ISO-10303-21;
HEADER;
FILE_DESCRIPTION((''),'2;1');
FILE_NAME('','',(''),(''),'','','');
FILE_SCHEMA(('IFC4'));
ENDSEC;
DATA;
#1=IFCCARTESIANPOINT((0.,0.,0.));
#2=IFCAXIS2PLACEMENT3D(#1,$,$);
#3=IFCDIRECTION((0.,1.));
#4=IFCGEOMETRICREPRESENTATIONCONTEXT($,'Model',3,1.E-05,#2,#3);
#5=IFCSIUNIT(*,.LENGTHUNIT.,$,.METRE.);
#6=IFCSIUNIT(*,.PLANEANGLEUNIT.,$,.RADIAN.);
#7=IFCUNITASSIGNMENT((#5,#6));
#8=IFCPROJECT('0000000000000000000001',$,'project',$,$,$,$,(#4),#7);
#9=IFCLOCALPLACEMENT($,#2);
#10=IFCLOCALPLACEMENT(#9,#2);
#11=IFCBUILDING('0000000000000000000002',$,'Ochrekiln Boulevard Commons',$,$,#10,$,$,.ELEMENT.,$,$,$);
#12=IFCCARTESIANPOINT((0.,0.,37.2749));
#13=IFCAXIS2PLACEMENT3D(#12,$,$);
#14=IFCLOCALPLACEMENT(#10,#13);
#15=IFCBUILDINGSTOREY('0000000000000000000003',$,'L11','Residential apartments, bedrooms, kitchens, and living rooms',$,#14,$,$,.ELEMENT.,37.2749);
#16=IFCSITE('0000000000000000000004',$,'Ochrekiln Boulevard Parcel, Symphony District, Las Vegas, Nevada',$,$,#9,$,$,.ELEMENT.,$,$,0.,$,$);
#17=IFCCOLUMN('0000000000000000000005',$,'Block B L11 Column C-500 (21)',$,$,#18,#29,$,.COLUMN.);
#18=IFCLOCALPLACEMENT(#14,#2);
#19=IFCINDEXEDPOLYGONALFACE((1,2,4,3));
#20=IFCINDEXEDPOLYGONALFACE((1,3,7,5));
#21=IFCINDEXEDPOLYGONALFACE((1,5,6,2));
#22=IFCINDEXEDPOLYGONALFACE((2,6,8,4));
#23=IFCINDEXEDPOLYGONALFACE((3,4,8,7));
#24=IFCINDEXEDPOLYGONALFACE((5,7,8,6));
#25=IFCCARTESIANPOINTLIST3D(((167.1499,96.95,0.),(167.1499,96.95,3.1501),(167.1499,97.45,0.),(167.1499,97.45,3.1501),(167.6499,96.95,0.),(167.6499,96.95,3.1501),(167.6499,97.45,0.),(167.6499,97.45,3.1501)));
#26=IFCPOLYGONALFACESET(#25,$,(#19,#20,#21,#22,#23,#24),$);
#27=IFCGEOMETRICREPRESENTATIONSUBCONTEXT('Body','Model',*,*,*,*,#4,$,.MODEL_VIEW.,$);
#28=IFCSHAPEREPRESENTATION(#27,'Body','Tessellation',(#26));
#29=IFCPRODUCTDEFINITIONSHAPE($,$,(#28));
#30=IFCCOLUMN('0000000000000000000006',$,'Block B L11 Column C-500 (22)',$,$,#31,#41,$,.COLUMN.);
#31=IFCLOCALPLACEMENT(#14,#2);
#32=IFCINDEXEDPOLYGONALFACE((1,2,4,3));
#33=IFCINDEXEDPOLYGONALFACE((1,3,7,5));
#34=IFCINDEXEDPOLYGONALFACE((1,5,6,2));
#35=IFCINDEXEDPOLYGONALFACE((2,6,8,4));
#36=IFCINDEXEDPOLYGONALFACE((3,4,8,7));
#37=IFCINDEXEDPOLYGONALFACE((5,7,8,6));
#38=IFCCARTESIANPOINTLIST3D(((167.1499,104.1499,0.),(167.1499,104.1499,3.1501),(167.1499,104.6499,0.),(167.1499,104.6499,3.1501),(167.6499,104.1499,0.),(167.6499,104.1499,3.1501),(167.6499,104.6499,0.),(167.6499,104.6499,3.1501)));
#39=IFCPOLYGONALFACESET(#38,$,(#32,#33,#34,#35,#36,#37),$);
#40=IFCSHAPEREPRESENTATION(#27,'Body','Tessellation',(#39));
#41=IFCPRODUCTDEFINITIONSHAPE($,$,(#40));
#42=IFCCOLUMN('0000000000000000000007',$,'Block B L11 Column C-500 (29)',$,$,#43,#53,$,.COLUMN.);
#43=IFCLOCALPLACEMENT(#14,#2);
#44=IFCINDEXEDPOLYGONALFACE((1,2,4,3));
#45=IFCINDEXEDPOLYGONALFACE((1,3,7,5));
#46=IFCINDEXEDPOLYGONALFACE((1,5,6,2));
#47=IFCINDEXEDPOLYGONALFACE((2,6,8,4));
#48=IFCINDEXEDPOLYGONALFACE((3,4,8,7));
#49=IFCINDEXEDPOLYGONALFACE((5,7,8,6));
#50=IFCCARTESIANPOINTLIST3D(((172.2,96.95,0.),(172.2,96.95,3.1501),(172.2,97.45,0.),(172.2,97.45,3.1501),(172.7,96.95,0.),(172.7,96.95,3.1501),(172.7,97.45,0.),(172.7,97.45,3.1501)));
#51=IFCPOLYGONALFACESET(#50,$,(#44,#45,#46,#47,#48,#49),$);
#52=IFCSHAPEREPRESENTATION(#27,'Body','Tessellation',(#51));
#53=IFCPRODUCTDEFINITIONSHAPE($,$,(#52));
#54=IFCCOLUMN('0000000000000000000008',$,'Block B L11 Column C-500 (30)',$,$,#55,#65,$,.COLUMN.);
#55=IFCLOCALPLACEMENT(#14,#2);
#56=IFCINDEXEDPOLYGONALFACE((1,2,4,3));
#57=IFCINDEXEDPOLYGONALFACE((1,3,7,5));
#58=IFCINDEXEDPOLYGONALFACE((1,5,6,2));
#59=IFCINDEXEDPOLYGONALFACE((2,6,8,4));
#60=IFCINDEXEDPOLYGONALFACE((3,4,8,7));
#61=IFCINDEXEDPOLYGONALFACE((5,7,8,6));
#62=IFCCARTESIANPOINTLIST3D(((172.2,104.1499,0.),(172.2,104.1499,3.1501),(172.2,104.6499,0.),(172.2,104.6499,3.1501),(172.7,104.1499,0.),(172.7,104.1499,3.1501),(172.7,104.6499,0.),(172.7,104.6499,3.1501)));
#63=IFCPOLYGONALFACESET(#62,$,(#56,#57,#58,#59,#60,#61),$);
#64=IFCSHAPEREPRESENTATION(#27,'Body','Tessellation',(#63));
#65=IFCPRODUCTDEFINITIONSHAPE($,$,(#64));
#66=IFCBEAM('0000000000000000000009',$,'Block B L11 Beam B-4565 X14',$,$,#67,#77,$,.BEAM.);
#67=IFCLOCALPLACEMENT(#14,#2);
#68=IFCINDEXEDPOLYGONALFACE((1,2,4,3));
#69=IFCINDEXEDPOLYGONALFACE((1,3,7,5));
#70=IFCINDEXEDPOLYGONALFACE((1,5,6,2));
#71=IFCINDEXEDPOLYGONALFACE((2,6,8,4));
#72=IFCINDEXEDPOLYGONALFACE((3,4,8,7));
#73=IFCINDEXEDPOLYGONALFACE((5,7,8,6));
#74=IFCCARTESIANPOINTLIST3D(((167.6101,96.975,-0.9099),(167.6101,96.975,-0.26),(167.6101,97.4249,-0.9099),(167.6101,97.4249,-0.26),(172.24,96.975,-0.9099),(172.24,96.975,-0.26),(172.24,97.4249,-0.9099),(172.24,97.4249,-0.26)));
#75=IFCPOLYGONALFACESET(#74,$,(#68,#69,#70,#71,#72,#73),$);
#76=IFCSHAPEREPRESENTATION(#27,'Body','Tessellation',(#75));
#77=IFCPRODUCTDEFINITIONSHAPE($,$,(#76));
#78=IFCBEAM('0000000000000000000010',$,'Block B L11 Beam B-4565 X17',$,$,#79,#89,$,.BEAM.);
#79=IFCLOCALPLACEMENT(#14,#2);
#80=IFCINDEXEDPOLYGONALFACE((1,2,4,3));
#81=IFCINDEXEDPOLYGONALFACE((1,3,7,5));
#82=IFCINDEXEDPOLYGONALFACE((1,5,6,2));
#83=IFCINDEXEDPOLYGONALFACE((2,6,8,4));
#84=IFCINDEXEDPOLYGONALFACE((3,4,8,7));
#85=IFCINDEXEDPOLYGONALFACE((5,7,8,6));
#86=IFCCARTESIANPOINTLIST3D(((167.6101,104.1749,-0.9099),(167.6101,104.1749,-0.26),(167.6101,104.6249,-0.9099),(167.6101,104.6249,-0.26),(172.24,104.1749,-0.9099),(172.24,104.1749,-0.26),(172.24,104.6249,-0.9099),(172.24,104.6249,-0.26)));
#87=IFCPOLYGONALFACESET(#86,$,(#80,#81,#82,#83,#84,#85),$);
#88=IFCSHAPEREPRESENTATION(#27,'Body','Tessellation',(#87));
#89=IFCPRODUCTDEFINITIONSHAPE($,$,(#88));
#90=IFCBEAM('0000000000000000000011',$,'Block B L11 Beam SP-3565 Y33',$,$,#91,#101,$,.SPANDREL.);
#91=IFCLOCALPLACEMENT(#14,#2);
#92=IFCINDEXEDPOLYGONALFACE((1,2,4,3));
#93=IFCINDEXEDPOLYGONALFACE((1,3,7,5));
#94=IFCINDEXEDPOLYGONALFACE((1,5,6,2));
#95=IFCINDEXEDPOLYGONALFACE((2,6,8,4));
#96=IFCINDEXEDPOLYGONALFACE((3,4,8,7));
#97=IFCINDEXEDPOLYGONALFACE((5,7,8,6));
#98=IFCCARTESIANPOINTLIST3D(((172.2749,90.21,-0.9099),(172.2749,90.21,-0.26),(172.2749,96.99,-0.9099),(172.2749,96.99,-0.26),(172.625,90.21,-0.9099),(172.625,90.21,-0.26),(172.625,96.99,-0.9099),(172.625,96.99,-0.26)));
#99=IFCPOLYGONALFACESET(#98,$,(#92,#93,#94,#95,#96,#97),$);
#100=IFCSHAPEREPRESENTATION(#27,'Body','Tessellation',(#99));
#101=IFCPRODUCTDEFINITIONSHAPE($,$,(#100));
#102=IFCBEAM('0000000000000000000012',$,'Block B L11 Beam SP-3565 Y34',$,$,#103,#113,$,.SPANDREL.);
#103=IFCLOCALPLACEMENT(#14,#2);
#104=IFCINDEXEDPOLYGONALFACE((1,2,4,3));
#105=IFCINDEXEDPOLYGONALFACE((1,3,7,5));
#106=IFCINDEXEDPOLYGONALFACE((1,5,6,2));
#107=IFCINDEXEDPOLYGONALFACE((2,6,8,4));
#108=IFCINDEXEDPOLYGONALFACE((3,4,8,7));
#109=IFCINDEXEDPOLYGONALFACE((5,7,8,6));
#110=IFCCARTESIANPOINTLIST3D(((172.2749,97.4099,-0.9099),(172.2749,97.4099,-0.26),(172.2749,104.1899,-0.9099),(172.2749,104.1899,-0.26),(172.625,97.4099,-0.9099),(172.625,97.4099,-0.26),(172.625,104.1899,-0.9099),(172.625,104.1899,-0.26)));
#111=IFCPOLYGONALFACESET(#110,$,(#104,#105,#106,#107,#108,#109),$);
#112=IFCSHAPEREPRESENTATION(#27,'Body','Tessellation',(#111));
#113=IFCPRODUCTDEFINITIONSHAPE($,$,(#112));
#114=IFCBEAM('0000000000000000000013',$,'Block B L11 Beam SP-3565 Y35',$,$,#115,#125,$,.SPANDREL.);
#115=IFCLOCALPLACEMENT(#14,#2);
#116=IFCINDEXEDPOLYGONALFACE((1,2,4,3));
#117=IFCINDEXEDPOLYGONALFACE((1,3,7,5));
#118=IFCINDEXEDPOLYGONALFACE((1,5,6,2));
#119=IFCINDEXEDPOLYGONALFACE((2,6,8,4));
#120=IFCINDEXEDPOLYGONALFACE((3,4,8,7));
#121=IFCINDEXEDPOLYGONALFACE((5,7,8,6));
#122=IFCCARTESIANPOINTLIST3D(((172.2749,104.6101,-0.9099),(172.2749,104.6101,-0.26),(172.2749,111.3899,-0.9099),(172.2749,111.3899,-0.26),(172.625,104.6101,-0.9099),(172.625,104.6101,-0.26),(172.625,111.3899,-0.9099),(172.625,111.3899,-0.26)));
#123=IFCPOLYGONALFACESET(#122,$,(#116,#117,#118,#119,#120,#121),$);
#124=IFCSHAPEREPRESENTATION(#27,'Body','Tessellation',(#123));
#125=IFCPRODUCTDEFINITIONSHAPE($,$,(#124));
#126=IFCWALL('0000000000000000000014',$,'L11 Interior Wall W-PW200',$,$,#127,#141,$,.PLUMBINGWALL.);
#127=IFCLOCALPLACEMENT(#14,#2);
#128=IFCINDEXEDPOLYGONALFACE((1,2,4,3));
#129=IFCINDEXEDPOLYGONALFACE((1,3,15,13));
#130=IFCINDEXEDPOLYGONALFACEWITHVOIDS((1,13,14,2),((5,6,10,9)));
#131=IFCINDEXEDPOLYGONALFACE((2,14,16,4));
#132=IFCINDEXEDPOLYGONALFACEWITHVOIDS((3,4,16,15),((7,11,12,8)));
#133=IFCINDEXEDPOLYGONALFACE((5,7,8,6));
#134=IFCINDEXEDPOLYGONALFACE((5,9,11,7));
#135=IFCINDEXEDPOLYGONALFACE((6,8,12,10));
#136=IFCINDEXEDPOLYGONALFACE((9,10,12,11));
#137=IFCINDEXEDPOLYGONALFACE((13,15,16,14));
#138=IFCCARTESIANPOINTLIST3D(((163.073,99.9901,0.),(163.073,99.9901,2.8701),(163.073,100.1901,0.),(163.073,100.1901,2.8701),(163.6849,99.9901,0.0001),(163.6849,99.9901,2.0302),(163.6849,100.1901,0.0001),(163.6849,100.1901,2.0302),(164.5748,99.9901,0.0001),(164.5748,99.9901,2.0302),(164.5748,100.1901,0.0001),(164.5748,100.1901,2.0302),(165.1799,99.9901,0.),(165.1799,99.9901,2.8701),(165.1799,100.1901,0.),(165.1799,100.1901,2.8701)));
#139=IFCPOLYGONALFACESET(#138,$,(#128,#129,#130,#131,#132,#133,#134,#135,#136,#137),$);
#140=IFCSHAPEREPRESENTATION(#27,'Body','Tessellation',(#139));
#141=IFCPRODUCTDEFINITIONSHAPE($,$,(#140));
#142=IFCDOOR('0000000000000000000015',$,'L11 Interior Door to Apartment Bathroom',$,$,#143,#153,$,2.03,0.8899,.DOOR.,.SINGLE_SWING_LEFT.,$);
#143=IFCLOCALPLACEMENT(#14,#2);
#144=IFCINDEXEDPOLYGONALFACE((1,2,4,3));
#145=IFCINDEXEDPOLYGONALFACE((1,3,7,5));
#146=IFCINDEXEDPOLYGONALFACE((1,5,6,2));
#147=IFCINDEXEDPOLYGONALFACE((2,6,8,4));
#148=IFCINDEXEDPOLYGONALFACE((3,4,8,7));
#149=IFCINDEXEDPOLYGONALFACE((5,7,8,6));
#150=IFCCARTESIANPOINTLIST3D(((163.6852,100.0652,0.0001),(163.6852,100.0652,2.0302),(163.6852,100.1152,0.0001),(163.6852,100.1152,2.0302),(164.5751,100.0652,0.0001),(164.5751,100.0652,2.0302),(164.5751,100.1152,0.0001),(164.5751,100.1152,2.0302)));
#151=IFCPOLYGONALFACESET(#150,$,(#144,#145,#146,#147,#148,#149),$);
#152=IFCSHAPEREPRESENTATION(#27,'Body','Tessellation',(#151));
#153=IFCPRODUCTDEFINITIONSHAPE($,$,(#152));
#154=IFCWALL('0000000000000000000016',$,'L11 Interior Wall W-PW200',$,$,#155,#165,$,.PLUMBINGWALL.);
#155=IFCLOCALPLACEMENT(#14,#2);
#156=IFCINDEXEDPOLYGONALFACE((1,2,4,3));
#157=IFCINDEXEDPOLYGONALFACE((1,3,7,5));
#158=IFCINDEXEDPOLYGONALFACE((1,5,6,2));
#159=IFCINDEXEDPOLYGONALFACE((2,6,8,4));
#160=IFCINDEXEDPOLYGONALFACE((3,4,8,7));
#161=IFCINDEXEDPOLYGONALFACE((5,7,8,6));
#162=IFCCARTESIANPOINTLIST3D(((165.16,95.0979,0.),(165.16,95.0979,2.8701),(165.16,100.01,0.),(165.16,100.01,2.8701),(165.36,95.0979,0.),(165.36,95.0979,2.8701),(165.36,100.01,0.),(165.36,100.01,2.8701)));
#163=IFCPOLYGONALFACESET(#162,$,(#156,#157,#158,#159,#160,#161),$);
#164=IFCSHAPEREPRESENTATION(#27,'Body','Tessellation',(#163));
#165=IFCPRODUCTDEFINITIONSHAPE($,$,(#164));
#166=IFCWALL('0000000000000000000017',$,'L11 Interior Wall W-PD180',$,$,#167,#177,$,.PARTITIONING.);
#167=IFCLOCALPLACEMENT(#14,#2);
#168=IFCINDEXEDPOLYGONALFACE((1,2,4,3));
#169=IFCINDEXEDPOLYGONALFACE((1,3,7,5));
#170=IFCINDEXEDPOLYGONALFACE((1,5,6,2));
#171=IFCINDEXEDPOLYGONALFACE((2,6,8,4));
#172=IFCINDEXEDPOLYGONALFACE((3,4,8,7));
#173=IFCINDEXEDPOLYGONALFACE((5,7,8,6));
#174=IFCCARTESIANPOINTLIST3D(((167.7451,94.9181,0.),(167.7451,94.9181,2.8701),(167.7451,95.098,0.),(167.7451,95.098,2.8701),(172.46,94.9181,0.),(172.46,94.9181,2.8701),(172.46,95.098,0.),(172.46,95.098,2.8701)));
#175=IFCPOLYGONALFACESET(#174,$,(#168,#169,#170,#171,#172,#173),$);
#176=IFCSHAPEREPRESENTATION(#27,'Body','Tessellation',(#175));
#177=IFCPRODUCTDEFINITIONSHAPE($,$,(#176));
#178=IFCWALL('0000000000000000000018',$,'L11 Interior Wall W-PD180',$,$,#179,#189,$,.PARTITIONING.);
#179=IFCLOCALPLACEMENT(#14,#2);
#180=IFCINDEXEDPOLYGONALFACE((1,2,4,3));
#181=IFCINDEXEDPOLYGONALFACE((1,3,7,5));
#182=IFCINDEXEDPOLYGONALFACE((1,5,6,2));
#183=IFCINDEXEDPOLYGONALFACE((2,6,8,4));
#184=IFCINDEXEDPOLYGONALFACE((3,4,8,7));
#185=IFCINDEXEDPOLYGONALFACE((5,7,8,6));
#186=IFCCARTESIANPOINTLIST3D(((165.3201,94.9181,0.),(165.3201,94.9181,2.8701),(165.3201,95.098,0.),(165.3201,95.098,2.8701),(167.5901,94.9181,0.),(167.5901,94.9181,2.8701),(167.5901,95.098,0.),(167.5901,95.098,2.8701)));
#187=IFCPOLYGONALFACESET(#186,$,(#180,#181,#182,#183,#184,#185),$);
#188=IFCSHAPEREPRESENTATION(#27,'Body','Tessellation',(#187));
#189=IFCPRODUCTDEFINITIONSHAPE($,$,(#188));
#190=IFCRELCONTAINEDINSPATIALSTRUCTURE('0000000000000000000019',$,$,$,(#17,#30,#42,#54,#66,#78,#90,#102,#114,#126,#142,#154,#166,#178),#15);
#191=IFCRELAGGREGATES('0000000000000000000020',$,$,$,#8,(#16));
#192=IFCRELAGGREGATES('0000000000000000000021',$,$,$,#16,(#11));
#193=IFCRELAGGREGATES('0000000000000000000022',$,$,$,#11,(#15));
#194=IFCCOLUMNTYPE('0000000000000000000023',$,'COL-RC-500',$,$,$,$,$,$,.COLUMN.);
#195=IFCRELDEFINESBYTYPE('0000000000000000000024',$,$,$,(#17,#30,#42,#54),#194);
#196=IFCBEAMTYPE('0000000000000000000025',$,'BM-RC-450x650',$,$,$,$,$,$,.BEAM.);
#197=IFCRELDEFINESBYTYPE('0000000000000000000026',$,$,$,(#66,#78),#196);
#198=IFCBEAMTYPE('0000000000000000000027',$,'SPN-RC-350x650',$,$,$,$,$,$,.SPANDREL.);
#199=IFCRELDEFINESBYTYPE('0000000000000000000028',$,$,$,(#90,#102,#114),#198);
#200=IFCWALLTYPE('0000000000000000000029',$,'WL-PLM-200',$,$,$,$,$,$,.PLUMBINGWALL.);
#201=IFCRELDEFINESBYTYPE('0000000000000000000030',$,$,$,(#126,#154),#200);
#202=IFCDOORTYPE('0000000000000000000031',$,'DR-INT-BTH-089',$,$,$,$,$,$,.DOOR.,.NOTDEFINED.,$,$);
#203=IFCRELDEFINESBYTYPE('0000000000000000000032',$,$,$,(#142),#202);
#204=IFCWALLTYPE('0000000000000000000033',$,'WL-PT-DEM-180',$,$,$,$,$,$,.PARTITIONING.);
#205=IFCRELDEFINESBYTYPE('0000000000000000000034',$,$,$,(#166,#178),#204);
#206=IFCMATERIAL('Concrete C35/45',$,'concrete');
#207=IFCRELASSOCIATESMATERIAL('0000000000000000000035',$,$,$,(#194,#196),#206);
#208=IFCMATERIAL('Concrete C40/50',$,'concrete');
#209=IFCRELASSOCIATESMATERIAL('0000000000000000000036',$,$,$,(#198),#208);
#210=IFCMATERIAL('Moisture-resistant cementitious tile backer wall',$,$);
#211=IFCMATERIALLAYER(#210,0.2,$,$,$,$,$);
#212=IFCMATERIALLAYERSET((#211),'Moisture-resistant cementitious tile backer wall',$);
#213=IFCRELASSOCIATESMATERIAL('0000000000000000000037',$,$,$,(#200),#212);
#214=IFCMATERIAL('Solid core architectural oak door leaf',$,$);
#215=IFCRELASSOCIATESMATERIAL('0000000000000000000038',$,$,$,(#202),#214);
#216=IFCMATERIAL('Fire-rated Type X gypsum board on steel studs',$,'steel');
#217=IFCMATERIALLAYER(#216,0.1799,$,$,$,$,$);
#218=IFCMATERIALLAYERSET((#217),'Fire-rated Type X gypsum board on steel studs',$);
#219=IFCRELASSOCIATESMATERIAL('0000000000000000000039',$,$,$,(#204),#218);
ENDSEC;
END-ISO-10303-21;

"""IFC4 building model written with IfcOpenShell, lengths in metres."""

from ifc_helpers import new_model, si_unit, direction, frame, frame_2d, origin, origin_2d, place, context, subcontext, project, spatial, rectangle, extrude, material, layer, layer_set, material_profile, profile_set, type_object, element, fill, save


model = new_model("IFC4")

# Units and contexts
model_context = context("Model", 3, precision=1e-05, world=origin(), true_north=direction((0.0, 1.0)))
body_context = subcontext(model_context, "Body", "Model", "MODEL_VIEW")
ifc_project = project(units=[si_unit("LENGTHUNIT", "METRE"), si_unit("PLANEANGLEUNIT", "RADIAN")], contexts=[model_context])

# Site, building, storey
site_placement = place(None, origin())
site = spatial("IfcSite", under=ifc_project, at=site_placement, Name="Ochrekiln Boulevard Parcel, Symphony District, Las Vegas, Nevada", CompositionType="ELEMENT", RefElevation=0.0)
building_placement = place(site_placement, origin())
building = spatial("IfcBuilding", under=site, at=building_placement, Name="Ochrekiln Boulevard Commons", CompositionType="ELEMENT")
storey_placement = place(building_placement, frame((0.0, 0.0, 37.2749)))
storey = spatial("IfcBuildingStorey", under=building, at=storey_placement, Name="L11", Description="Residential apartments, bedrooms, kitchens, and living rooms", CompositionType="ELEMENT", Elevation=37.2749)

# Columns
ifc_material_1 = material(Name="Concrete C35/45", Category="concrete")
ifc_material_profile_1 = material_profile(ifc_material_1, rectangle(XDim=0.5, YDim=0.5, at=origin_2d()), Name="RC-COL-500x500")
ifc_profile_set_1 = profile_set([ifc_material_profile_1], Name="Concrete C35/45")
column_type = type_object("IfcColumnType", Name="COL-RC-500", PredefinedType="COLUMN", material=ifc_profile_set_1)
for number, where, z_axis, x_axis, name in (
    (1, (167.3999, 97.2, 0.0), (0.0, 0.0, 1.0), (1.0, 0.0, 0.0), "Block B L11 Column C-500 (21)"),
    (2, (167.3999, 104.3999, 0.0), (0.0, 0.0, 1.0), (1.0, 0.0, 0.0), "Block B L11 Column C-500 (22)"),
    (3, (172.45, 97.2, 0.0), (0.0, 0.0, 1.0), (1.0, 0.0, 0.0), "Block B L11 Column C-500 (29)"),
    (4, (172.45, 104.3999, 0.0), (0.0, 0.0, 1.0), (1.0, 0.0, 0.0), "Block B L11 Column C-500 (30)"),
):
    element("IfcColumn", number, at=place(storey_placement, frame(where, z_axis=z_axis, x_axis=x_axis)), inside=storey, type_object=column_type, Name=name, PredefinedType="COLUMN", context=body_context, shape_type="SweptSolid", body=[
        extrude(rectangle(XDim=0.5, YDim=0.5, at=origin_2d()), origin(), (0.0, 0.0, 1.0), 3.1501),
    ])

# Beams
ifc_material_profile_2 = material_profile(ifc_material_1, rectangle(XDim=0.45, YDim=0.6499, at=origin_2d()), Name="RC-BM-450x650")
ifc_profile_set_2 = profile_set([ifc_material_profile_2], Name="Concrete C35/45")
beam_type_1 = type_object("IfcBeamType", Name="BM-RC-450x650", PredefinedType="BEAM", material=ifc_profile_set_2)
for number, where, z_axis, x_axis, name in (
    (5, (167.6101, 97.2, -0.585), (1.0, 0.0, 0.0), (0.0, 1.0, 0.0), "Block B L11 Beam B-4565 X14"),
    (6, (167.6101, 104.3999, -0.585), (1.0, 0.0, 0.0), (0.0, 1.0, 0.0), "Block B L11 Beam B-4565 X17"),
):
    element("IfcBeam", number, at=place(storey_placement, frame(where, z_axis=z_axis, x_axis=x_axis)), inside=storey, type_object=beam_type_1, Name=name, PredefinedType="BEAM", context=body_context, shape_type="SweptSolid", body=[
        extrude(rectangle(XDim=0.45, YDim=0.6499, at=origin_2d()), origin(), (0.0, 0.0, 1.0), 4.6299),
    ])
ifc_material_2 = material(Name="Concrete C40/50", Category="concrete")
ifc_material_profile_3 = material_profile(ifc_material_2, rectangle(XDim=0.3501, YDim=0.6499, at=origin_2d()), Name="RC-SPN-350x650")
ifc_profile_set_3 = profile_set([ifc_material_profile_3], Name="Concrete C40/50")
beam_type_2 = type_object("IfcBeamType", Name="SPN-RC-350x650", PredefinedType="SPANDREL", material=ifc_profile_set_3)
for number, where, z_axis, x_axis, name in (
    (7, (172.45, 90.21, -0.585), (0.0, 1.0, 0.0), (-1.0, 0.0, 0.0), "Block B L11 Beam SP-3565 Y33"),
    (8, (172.45, 97.4099, -0.585), (0.0, 1.0, 0.0), (-1.0, 0.0, 0.0), "Block B L11 Beam SP-3565 Y34"),
):
    element("IfcBeam", number, at=place(storey_placement, frame(where, z_axis=z_axis, x_axis=x_axis)), inside=storey, type_object=beam_type_2, Name=name, PredefinedType="SPANDREL", context=body_context, shape_type="SweptSolid", body=[
        extrude(rectangle(XDim=0.3501, YDim=0.6499, at=origin_2d()), origin(), (0.0, 0.0, 1.0), 6.78),
    ])
beam_placement = place(storey_placement, frame((172.45, 104.6101, -0.585), z_axis=(0.0, 1.0, 0.0), x_axis=(-1.0, 0.0, 0.0)))
element("IfcBeam", 9, at=beam_placement, inside=storey, type_object=beam_type_2, Name="Block B L11 Beam SP-3565 Y35", PredefinedType="SPANDREL", context=body_context, shape_type="SweptSolid", body=[
    extrude(rectangle(XDim=0.3501, YDim=0.6499, at=origin_2d()), origin(), (0.0, 0.0, 1.0), 6.7798),
])

# Wall, opening, door
ifc_material_3 = material(Name="Moisture-resistant cementitious tile backer wall")
ifc_layer_1 = layer(ifc_material_3, 0.2)
ifc_layer_set_1 = layer_set([ifc_layer_1], Name="Moisture-resistant cementitious tile backer wall")
wall_type_1 = type_object("IfcWallType", Name="WL-PLM-200", PredefinedType="PLUMBINGWALL", material=ifc_layer_set_1)
wall_1_placement = place(storey_placement, frame((163.073, 100.0901, 0.0), z_axis=(0.0, 0.0, 1.0), x_axis=(1.0, 0.0, 0.0)))
wall_1 = element("IfcWall", 10, at=wall_1_placement, inside=storey, type_object=wall_type_1, Name="L11 Interior Wall W-PW200", PredefinedType="PLUMBINGWALL", context=body_context, shape_type="SweptSolid", body=[
    extrude(rectangle(XDim=2.1069, YDim=0.2, at=frame_2d((1.0535, 0.0))), origin(), (0.0, 0.0, 1.0), 2.8701),
])
opening_1_placement = place(wall_1_placement, frame((0.6121, 0.0, 0.0)))
opening_1 = element("IfcOpeningElement", 11, at=opening_1_placement, cuts=wall_1, PredefinedType="OPENING", context=body_context, shape_type="SweptSolid", body=[
    extrude(rectangle(XDim=0.8899, YDim=2.03, at=frame_2d((0.4448, 1.0151))), frame((0.0, 0.1099, 0.0), z_axis=(0.0, -1.0, 0.0), x_axis=(1.0, 0.0, 0.0)), (0.0, 0.0, 1.0), 0.22),
])
ifc_material_4 = material(Name="Solid core architectural oak door leaf")
door_type_1 = type_object("IfcDoorType", Name="DR-INT-BTH-089", OperationType="NOTDEFINED", PredefinedType="DOOR", material=ifc_material_4)
door_1_placement = place(opening_1_placement, frame((0.8899, 0.0, 0.0), z_axis=(0.0, 0.0, 1.0), x_axis=(-1.0, 0.0, 0.0)))
door_1 = element("IfcDoor", 12, at=door_1_placement, inside=storey, type_object=door_type_1, Name="L11 Interior Door to Apartment Bathroom", OperationType="SINGLE_SWING_LEFT", OverallHeight=2.03, OverallWidth=0.8899, PredefinedType="DOOR", context=body_context, shape_type="SweptSolid", body=[
    extrude(rectangle(XDim=0.8899, YDim=2.03, at=frame_2d((0.4448, 1.0151))), frame((0.0, 0.0249, 0.0), z_axis=(0.0, -1.0, 0.0), x_axis=(1.0, 0.0, 0.0)), (0.0, 0.0, 1.0), 0.05),
])
fill(opening_1, door_1)

# Walls
wall_2_placement = place(storey_placement, frame((165.26, 95.0979, 0.0), z_axis=(0.0, 0.0, 1.0), x_axis=(0.0, 1.0, 0.0)))
element("IfcWall", 13, at=wall_2_placement, inside=storey, type_object=wall_type_1, Name="L11 Interior Wall W-PW200", PredefinedType="PLUMBINGWALL", context=body_context, shape_type="SweptSolid", body=[
    extrude(rectangle(XDim=4.9121, YDim=0.2, at=frame_2d((2.4561, 0.0))), origin(), (0.0, 0.0, 1.0), 2.8701),
])
ifc_material_5 = material(Name="Fire-rated Type X gypsum board on steel studs", Category="steel")
ifc_layer_2 = layer(ifc_material_5, 0.1799)
ifc_layer_set_2 = layer_set([ifc_layer_2], Name="Fire-rated Type X gypsum board on steel studs")
wall_type_2 = type_object("IfcWallType", Name="WL-PT-DEM-180", PredefinedType="PARTITIONING", material=ifc_layer_set_2)
wall_3_placement = place(storey_placement, frame((167.7451, 95.0081, 0.0), z_axis=(0.0, 0.0, 1.0), x_axis=(1.0, 0.0, 0.0)))
element("IfcWall", 14, at=wall_3_placement, inside=storey, type_object=wall_type_2, Name="L11 Interior Wall W-PD180", PredefinedType="PARTITIONING", context=body_context, shape_type="SweptSolid", body=[
    extrude(rectangle(XDim=4.7148, YDim=0.1799, at=frame_2d((2.3574, 0.0))), origin(), (0.0, 0.0, 1.0), 2.8701),
])
wall_4_placement = place(storey_placement, frame((165.3201, 95.0081, 0.0), z_axis=(0.0, 0.0, 1.0), x_axis=(1.0, 0.0, 0.0)))
element("IfcWall", 15, at=wall_4_placement, inside=storey, type_object=wall_type_2, Name="L11 Interior Wall W-PD180", PredefinedType="PARTITIONING", context=body_context, shape_type="SweptSolid", body=[
    extrude(rectangle(XDim=2.27, YDim=0.1799, at=frame_2d((1.135, 0.0))), origin(), (0.0, 0.0, 1.0), 2.8701),
])

save(model, "model.ifc")
